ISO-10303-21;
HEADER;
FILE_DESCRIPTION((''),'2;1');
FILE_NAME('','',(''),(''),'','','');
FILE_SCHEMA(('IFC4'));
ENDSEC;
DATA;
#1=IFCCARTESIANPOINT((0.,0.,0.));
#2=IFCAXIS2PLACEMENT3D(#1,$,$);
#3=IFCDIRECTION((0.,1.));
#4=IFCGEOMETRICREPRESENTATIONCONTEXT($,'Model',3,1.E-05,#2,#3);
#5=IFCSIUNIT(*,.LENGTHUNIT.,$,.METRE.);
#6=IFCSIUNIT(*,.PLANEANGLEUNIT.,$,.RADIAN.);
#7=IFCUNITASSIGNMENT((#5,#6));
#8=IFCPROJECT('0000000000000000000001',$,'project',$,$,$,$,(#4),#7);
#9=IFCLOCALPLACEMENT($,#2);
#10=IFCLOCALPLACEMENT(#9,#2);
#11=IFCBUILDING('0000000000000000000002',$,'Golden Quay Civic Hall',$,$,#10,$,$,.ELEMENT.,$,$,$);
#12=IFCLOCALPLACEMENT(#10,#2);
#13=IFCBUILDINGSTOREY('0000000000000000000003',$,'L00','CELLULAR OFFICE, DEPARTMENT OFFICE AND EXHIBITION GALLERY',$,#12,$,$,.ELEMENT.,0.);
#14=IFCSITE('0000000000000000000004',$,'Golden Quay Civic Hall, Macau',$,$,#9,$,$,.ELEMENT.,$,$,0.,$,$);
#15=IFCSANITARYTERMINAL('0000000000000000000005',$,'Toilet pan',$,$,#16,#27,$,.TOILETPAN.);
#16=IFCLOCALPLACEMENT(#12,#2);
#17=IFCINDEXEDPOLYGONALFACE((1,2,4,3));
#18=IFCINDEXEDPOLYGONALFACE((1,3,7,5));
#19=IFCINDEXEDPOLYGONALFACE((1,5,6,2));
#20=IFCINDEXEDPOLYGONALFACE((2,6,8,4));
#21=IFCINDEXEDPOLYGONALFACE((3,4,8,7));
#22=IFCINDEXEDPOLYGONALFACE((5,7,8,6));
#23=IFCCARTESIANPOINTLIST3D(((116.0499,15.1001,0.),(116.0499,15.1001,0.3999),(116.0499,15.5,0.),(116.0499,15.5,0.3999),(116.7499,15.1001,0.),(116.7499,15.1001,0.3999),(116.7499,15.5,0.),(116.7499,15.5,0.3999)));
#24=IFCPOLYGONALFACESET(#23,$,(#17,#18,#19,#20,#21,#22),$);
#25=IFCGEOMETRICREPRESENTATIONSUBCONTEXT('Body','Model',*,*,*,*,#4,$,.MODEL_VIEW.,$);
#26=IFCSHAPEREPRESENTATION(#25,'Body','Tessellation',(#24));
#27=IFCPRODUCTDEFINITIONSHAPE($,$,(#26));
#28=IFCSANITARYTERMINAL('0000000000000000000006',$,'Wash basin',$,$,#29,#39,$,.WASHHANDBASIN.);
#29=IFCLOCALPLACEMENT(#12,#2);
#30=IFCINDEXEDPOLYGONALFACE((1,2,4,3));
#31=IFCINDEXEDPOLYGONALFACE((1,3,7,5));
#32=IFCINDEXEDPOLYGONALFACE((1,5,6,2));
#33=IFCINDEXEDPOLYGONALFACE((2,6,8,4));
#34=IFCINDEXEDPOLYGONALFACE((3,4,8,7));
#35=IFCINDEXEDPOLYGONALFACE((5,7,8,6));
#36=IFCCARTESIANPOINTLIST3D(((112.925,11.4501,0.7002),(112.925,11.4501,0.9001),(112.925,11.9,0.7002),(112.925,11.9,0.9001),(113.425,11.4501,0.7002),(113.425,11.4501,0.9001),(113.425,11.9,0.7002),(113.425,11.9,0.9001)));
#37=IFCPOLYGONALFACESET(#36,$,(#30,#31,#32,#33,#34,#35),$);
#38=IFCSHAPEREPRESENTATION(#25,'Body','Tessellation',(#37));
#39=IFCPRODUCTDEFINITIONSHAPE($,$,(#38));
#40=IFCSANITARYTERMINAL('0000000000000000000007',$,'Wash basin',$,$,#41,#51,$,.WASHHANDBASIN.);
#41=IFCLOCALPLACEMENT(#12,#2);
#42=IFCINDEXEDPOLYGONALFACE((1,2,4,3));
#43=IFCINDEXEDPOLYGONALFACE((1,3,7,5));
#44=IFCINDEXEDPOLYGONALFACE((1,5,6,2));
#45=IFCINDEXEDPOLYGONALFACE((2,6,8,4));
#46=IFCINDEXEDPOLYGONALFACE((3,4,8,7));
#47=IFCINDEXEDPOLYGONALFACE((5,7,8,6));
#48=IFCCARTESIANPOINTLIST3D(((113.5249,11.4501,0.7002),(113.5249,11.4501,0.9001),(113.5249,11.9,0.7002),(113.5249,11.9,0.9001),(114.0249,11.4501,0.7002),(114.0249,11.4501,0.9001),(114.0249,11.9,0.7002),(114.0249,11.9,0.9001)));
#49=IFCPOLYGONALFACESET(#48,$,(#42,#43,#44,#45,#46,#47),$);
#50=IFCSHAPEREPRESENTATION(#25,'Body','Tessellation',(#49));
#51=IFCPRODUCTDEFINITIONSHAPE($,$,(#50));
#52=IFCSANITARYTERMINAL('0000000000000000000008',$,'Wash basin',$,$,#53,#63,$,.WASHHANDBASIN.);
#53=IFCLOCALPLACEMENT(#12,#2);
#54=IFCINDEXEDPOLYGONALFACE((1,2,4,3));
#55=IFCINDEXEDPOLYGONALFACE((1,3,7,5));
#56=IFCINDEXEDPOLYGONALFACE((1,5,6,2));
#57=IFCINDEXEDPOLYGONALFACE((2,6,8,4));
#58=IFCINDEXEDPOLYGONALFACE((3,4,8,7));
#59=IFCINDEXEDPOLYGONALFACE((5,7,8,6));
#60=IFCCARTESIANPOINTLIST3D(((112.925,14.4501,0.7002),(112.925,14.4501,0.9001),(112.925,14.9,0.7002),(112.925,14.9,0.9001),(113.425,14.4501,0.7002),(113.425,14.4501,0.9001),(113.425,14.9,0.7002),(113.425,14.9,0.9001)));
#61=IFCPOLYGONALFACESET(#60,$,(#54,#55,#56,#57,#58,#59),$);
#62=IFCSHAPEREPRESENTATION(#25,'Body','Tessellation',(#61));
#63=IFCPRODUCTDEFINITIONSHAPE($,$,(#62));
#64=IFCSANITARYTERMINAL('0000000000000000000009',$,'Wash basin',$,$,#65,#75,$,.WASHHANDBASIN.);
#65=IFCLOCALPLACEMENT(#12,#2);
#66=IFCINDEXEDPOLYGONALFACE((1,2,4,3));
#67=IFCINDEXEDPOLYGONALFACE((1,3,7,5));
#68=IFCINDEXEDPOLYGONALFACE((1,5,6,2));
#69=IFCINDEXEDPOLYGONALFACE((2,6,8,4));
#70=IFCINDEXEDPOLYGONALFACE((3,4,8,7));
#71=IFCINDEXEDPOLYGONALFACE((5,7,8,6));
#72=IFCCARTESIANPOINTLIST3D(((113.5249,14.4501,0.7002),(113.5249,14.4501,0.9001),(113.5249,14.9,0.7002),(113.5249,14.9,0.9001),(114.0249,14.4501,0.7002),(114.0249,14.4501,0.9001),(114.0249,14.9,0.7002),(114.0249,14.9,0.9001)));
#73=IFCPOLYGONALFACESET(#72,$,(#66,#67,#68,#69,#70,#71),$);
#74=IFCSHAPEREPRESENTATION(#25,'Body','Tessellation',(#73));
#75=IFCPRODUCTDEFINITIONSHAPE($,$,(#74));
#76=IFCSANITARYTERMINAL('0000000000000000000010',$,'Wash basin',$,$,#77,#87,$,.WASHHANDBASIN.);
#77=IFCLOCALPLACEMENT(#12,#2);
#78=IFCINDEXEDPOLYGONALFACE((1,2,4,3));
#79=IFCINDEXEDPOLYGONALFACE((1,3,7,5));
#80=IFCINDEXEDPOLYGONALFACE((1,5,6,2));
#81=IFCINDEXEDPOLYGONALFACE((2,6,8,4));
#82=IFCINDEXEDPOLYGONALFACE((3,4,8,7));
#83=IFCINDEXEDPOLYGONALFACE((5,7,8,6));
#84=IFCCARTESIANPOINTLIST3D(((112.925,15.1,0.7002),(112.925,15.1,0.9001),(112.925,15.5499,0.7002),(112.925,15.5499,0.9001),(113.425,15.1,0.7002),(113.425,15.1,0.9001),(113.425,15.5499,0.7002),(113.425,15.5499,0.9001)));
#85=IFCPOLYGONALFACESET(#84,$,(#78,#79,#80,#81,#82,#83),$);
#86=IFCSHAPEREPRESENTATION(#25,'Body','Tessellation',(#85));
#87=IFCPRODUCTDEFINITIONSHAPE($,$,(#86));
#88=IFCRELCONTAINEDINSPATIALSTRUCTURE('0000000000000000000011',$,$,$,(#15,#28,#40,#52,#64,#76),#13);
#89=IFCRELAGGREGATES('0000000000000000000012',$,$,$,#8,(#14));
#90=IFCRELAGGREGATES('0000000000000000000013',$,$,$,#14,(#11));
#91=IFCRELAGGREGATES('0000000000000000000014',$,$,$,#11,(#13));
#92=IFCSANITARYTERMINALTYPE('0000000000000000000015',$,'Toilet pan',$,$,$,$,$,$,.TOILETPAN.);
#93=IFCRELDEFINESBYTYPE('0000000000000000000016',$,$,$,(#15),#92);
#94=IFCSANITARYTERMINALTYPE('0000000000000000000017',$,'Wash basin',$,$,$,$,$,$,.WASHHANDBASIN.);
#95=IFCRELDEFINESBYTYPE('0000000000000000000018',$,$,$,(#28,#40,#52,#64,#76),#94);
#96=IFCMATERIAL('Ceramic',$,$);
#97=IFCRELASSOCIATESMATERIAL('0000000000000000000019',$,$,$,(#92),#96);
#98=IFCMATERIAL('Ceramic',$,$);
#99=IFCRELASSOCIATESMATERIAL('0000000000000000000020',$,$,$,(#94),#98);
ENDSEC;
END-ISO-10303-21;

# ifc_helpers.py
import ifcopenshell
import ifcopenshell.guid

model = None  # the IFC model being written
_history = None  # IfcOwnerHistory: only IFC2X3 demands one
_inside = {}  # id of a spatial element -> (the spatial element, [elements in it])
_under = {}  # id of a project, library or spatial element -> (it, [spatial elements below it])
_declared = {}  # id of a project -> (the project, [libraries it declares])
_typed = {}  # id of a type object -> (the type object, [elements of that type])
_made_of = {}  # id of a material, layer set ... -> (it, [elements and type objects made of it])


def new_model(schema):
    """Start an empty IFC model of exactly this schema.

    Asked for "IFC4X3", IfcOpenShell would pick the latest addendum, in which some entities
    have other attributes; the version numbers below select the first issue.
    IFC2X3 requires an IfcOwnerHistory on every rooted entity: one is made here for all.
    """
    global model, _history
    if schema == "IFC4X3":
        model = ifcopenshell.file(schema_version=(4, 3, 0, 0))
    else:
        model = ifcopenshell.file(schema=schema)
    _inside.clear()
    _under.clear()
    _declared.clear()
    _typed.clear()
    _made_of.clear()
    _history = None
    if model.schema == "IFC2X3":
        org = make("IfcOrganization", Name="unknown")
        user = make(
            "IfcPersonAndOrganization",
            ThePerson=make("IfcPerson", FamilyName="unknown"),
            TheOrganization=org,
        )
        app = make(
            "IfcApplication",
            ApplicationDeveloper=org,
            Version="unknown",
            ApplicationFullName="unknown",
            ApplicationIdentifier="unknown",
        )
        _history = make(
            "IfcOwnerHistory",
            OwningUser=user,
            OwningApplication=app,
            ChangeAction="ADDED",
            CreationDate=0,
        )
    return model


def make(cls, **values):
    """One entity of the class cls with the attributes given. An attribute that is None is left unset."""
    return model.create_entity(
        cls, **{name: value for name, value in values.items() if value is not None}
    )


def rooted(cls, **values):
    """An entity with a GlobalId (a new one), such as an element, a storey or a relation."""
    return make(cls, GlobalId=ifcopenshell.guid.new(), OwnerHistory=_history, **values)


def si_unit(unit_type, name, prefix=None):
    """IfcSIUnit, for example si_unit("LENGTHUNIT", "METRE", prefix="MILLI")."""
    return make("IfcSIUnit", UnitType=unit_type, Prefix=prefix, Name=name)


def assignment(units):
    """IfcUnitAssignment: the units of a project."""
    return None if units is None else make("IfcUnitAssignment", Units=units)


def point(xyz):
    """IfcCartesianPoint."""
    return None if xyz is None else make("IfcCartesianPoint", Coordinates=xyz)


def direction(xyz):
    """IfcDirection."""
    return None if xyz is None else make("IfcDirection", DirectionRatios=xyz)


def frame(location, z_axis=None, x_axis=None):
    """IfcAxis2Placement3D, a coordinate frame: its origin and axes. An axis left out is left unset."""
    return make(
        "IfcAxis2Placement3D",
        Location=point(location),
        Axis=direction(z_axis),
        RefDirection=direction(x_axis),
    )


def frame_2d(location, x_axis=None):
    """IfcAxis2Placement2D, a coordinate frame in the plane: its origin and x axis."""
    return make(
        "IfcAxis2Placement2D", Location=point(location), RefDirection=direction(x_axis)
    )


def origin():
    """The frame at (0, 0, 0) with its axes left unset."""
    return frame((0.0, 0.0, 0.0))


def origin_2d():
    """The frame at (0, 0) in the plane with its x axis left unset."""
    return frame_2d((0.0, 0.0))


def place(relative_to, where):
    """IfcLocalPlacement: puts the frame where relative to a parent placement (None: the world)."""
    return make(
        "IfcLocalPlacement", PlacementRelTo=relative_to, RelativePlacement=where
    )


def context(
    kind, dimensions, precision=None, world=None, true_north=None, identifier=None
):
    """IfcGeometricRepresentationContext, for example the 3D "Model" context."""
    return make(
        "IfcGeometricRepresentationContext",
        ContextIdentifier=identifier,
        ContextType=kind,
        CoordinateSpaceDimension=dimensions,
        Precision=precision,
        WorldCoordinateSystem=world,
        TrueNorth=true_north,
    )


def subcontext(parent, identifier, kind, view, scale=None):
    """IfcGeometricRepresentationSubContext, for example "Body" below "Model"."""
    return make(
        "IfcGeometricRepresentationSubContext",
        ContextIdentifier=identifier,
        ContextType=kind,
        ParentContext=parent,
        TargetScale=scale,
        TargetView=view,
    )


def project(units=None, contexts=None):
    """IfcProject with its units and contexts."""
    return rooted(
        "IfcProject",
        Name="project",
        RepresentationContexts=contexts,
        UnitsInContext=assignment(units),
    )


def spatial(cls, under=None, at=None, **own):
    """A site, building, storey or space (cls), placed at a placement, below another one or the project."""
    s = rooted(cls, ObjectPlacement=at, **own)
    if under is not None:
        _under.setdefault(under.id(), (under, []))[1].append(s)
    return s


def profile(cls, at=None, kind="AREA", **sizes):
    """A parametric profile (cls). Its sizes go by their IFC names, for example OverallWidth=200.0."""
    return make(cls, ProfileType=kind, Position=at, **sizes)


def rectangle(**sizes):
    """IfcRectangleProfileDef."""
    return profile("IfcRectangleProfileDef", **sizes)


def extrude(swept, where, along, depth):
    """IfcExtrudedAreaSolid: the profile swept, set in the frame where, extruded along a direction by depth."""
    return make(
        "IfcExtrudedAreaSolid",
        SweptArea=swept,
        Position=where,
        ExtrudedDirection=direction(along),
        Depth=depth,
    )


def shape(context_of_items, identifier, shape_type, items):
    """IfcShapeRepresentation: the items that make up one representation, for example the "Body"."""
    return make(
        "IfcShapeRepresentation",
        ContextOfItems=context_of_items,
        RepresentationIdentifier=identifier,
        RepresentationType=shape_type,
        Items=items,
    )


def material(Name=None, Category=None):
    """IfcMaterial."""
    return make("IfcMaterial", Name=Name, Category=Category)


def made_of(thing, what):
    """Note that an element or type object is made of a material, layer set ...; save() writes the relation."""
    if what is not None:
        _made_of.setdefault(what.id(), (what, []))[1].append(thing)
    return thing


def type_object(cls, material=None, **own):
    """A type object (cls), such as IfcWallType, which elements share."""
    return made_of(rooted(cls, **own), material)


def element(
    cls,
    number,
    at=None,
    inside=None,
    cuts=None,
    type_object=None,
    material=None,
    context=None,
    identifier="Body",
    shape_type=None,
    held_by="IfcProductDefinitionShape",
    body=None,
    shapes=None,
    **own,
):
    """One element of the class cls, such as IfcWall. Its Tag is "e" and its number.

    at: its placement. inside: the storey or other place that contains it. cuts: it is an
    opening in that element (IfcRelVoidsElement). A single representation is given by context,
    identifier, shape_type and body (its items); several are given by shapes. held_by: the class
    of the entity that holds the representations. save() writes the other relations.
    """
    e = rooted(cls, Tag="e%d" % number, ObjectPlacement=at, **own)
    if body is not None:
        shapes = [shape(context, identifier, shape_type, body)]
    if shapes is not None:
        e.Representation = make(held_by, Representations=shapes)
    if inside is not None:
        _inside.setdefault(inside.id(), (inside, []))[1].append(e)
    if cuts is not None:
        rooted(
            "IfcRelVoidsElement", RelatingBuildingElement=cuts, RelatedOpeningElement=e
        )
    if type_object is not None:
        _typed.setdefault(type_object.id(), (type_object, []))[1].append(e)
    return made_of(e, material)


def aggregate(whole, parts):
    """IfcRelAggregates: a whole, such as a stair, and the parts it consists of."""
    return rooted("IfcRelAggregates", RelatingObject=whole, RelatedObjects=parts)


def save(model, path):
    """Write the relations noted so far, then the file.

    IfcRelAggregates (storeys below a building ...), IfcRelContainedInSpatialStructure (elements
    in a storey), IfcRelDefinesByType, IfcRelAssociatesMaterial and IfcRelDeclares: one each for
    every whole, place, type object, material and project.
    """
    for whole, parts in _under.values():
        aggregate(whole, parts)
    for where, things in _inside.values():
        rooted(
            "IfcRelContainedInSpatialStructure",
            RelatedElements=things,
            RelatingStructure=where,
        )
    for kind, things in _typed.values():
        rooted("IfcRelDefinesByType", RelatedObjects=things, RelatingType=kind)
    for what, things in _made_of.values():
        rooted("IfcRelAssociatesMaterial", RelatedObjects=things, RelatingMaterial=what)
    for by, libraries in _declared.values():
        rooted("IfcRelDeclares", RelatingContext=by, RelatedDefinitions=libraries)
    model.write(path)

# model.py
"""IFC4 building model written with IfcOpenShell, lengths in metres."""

from ifc_helpers import new_model, si_unit, direction, frame, origin, origin_2d, place, context, subcontext, project, spatial, rectangle, extrude, material, type_object, element, save


model = new_model("IFC4")

# Units and contexts
model_context = context("Model", 3, precision=1e-05, world=origin(), true_north=direction((0.0, 1.0)))
body_context = subcontext(model_context, "Body", "Model", "MODEL_VIEW")
ifc_project = project(units=[si_unit("LENGTHUNIT", "METRE"), si_unit("PLANEANGLEUNIT", "RADIAN")], contexts=[model_context])

# Site, building, storey
site_placement = place(None, origin())
site = spatial("IfcSite", under=ifc_project, at=site_placement, Name="Golden Quay Civic Hall, Macau", CompositionType="ELEMENT", RefElevation=0.0)
building_placement = place(site_placement, origin())
building = spatial("IfcBuilding", under=site, at=building_placement, Name="Golden Quay Civic Hall", CompositionType="ELEMENT")
storey_placement = place(building_placement, origin())
storey = spatial("IfcBuildingStorey", under=building, at=storey_placement, Name="L00", Description="CELLULAR OFFICE, DEPARTMENT OFFICE AND EXHIBITION GALLERY", CompositionType="ELEMENT", Elevation=0.0)

# Sanitary terminals
ifc_material_1 = material(Name="Ceramic")
sanitary_terminal_type_1 = type_object("IfcSanitaryTerminalType", Name="Toilet pan", PredefinedType="TOILETPAN", material=ifc_material_1)
for number, where, z_axis, x_axis, name in (
    (1, (116.3999, 15.3, 0.0), (0.0, 0.0, 1.0), (0.0, 1.0, 0.0), "Toilet pan"),
):
    element("IfcSanitaryTerminal", number, at=place(storey_placement, frame(where, z_axis=z_axis, x_axis=x_axis)), inside=storey, type_object=sanitary_terminal_type_1, Name=name, PredefinedType="TOILETPAN", context=body_context, shape_type="SweptSolid", body=[
        extrude(rectangle(XDim=0.3999, YDim=0.7, at=origin_2d()), origin(), (0.0, 0.0, 1.0), 0.3999),
    ])
ifc_material_2 = material(Name="Ceramic")
sanitary_terminal_type_2 = type_object("IfcSanitaryTerminalType", Name="Wash basin", PredefinedType="WASHHANDBASIN", material=ifc_material_2)
for number, where, z_axis, x_axis, name in (
    (2, (113.175, 11.675, 0.7002), (0.0, 0.0, 1.0), (1.0, 0.0, 0.0), "Wash basin"),
    (3, (113.7749, 11.675, 0.7002), (0.0, 0.0, 1.0), (1.0, 0.0, 0.0), "Wash basin"),
    (4, (113.175, 14.675, 0.7002), (0.0, 0.0, 1.0), (1.0, 0.0, 0.0), "Wash basin"),
    (5, (113.7749, 14.675, 0.7002), (0.0, 0.0, 1.0), (1.0, 0.0, 0.0), "Wash basin"),
    (6, (113.175, 15.325, 0.7002), (0.0, 0.0, 1.0), (1.0, 0.0, 0.0), "Wash basin"),
):
    element("IfcSanitaryTerminal", number, at=place(storey_placement, frame(where, z_axis=z_axis, x_axis=x_axis)), inside=storey, type_object=sanitary_terminal_type_2, Name=name, PredefinedType="WASHHANDBASIN", context=body_context, shape_type="SweptSolid", body=[
        extrude(rectangle(XDim=0.5, YDim=0.45, at=origin_2d()), origin(), (0.0, 0.0, 1.0), 0.2),
    ])

save(model, "model.ifc")
